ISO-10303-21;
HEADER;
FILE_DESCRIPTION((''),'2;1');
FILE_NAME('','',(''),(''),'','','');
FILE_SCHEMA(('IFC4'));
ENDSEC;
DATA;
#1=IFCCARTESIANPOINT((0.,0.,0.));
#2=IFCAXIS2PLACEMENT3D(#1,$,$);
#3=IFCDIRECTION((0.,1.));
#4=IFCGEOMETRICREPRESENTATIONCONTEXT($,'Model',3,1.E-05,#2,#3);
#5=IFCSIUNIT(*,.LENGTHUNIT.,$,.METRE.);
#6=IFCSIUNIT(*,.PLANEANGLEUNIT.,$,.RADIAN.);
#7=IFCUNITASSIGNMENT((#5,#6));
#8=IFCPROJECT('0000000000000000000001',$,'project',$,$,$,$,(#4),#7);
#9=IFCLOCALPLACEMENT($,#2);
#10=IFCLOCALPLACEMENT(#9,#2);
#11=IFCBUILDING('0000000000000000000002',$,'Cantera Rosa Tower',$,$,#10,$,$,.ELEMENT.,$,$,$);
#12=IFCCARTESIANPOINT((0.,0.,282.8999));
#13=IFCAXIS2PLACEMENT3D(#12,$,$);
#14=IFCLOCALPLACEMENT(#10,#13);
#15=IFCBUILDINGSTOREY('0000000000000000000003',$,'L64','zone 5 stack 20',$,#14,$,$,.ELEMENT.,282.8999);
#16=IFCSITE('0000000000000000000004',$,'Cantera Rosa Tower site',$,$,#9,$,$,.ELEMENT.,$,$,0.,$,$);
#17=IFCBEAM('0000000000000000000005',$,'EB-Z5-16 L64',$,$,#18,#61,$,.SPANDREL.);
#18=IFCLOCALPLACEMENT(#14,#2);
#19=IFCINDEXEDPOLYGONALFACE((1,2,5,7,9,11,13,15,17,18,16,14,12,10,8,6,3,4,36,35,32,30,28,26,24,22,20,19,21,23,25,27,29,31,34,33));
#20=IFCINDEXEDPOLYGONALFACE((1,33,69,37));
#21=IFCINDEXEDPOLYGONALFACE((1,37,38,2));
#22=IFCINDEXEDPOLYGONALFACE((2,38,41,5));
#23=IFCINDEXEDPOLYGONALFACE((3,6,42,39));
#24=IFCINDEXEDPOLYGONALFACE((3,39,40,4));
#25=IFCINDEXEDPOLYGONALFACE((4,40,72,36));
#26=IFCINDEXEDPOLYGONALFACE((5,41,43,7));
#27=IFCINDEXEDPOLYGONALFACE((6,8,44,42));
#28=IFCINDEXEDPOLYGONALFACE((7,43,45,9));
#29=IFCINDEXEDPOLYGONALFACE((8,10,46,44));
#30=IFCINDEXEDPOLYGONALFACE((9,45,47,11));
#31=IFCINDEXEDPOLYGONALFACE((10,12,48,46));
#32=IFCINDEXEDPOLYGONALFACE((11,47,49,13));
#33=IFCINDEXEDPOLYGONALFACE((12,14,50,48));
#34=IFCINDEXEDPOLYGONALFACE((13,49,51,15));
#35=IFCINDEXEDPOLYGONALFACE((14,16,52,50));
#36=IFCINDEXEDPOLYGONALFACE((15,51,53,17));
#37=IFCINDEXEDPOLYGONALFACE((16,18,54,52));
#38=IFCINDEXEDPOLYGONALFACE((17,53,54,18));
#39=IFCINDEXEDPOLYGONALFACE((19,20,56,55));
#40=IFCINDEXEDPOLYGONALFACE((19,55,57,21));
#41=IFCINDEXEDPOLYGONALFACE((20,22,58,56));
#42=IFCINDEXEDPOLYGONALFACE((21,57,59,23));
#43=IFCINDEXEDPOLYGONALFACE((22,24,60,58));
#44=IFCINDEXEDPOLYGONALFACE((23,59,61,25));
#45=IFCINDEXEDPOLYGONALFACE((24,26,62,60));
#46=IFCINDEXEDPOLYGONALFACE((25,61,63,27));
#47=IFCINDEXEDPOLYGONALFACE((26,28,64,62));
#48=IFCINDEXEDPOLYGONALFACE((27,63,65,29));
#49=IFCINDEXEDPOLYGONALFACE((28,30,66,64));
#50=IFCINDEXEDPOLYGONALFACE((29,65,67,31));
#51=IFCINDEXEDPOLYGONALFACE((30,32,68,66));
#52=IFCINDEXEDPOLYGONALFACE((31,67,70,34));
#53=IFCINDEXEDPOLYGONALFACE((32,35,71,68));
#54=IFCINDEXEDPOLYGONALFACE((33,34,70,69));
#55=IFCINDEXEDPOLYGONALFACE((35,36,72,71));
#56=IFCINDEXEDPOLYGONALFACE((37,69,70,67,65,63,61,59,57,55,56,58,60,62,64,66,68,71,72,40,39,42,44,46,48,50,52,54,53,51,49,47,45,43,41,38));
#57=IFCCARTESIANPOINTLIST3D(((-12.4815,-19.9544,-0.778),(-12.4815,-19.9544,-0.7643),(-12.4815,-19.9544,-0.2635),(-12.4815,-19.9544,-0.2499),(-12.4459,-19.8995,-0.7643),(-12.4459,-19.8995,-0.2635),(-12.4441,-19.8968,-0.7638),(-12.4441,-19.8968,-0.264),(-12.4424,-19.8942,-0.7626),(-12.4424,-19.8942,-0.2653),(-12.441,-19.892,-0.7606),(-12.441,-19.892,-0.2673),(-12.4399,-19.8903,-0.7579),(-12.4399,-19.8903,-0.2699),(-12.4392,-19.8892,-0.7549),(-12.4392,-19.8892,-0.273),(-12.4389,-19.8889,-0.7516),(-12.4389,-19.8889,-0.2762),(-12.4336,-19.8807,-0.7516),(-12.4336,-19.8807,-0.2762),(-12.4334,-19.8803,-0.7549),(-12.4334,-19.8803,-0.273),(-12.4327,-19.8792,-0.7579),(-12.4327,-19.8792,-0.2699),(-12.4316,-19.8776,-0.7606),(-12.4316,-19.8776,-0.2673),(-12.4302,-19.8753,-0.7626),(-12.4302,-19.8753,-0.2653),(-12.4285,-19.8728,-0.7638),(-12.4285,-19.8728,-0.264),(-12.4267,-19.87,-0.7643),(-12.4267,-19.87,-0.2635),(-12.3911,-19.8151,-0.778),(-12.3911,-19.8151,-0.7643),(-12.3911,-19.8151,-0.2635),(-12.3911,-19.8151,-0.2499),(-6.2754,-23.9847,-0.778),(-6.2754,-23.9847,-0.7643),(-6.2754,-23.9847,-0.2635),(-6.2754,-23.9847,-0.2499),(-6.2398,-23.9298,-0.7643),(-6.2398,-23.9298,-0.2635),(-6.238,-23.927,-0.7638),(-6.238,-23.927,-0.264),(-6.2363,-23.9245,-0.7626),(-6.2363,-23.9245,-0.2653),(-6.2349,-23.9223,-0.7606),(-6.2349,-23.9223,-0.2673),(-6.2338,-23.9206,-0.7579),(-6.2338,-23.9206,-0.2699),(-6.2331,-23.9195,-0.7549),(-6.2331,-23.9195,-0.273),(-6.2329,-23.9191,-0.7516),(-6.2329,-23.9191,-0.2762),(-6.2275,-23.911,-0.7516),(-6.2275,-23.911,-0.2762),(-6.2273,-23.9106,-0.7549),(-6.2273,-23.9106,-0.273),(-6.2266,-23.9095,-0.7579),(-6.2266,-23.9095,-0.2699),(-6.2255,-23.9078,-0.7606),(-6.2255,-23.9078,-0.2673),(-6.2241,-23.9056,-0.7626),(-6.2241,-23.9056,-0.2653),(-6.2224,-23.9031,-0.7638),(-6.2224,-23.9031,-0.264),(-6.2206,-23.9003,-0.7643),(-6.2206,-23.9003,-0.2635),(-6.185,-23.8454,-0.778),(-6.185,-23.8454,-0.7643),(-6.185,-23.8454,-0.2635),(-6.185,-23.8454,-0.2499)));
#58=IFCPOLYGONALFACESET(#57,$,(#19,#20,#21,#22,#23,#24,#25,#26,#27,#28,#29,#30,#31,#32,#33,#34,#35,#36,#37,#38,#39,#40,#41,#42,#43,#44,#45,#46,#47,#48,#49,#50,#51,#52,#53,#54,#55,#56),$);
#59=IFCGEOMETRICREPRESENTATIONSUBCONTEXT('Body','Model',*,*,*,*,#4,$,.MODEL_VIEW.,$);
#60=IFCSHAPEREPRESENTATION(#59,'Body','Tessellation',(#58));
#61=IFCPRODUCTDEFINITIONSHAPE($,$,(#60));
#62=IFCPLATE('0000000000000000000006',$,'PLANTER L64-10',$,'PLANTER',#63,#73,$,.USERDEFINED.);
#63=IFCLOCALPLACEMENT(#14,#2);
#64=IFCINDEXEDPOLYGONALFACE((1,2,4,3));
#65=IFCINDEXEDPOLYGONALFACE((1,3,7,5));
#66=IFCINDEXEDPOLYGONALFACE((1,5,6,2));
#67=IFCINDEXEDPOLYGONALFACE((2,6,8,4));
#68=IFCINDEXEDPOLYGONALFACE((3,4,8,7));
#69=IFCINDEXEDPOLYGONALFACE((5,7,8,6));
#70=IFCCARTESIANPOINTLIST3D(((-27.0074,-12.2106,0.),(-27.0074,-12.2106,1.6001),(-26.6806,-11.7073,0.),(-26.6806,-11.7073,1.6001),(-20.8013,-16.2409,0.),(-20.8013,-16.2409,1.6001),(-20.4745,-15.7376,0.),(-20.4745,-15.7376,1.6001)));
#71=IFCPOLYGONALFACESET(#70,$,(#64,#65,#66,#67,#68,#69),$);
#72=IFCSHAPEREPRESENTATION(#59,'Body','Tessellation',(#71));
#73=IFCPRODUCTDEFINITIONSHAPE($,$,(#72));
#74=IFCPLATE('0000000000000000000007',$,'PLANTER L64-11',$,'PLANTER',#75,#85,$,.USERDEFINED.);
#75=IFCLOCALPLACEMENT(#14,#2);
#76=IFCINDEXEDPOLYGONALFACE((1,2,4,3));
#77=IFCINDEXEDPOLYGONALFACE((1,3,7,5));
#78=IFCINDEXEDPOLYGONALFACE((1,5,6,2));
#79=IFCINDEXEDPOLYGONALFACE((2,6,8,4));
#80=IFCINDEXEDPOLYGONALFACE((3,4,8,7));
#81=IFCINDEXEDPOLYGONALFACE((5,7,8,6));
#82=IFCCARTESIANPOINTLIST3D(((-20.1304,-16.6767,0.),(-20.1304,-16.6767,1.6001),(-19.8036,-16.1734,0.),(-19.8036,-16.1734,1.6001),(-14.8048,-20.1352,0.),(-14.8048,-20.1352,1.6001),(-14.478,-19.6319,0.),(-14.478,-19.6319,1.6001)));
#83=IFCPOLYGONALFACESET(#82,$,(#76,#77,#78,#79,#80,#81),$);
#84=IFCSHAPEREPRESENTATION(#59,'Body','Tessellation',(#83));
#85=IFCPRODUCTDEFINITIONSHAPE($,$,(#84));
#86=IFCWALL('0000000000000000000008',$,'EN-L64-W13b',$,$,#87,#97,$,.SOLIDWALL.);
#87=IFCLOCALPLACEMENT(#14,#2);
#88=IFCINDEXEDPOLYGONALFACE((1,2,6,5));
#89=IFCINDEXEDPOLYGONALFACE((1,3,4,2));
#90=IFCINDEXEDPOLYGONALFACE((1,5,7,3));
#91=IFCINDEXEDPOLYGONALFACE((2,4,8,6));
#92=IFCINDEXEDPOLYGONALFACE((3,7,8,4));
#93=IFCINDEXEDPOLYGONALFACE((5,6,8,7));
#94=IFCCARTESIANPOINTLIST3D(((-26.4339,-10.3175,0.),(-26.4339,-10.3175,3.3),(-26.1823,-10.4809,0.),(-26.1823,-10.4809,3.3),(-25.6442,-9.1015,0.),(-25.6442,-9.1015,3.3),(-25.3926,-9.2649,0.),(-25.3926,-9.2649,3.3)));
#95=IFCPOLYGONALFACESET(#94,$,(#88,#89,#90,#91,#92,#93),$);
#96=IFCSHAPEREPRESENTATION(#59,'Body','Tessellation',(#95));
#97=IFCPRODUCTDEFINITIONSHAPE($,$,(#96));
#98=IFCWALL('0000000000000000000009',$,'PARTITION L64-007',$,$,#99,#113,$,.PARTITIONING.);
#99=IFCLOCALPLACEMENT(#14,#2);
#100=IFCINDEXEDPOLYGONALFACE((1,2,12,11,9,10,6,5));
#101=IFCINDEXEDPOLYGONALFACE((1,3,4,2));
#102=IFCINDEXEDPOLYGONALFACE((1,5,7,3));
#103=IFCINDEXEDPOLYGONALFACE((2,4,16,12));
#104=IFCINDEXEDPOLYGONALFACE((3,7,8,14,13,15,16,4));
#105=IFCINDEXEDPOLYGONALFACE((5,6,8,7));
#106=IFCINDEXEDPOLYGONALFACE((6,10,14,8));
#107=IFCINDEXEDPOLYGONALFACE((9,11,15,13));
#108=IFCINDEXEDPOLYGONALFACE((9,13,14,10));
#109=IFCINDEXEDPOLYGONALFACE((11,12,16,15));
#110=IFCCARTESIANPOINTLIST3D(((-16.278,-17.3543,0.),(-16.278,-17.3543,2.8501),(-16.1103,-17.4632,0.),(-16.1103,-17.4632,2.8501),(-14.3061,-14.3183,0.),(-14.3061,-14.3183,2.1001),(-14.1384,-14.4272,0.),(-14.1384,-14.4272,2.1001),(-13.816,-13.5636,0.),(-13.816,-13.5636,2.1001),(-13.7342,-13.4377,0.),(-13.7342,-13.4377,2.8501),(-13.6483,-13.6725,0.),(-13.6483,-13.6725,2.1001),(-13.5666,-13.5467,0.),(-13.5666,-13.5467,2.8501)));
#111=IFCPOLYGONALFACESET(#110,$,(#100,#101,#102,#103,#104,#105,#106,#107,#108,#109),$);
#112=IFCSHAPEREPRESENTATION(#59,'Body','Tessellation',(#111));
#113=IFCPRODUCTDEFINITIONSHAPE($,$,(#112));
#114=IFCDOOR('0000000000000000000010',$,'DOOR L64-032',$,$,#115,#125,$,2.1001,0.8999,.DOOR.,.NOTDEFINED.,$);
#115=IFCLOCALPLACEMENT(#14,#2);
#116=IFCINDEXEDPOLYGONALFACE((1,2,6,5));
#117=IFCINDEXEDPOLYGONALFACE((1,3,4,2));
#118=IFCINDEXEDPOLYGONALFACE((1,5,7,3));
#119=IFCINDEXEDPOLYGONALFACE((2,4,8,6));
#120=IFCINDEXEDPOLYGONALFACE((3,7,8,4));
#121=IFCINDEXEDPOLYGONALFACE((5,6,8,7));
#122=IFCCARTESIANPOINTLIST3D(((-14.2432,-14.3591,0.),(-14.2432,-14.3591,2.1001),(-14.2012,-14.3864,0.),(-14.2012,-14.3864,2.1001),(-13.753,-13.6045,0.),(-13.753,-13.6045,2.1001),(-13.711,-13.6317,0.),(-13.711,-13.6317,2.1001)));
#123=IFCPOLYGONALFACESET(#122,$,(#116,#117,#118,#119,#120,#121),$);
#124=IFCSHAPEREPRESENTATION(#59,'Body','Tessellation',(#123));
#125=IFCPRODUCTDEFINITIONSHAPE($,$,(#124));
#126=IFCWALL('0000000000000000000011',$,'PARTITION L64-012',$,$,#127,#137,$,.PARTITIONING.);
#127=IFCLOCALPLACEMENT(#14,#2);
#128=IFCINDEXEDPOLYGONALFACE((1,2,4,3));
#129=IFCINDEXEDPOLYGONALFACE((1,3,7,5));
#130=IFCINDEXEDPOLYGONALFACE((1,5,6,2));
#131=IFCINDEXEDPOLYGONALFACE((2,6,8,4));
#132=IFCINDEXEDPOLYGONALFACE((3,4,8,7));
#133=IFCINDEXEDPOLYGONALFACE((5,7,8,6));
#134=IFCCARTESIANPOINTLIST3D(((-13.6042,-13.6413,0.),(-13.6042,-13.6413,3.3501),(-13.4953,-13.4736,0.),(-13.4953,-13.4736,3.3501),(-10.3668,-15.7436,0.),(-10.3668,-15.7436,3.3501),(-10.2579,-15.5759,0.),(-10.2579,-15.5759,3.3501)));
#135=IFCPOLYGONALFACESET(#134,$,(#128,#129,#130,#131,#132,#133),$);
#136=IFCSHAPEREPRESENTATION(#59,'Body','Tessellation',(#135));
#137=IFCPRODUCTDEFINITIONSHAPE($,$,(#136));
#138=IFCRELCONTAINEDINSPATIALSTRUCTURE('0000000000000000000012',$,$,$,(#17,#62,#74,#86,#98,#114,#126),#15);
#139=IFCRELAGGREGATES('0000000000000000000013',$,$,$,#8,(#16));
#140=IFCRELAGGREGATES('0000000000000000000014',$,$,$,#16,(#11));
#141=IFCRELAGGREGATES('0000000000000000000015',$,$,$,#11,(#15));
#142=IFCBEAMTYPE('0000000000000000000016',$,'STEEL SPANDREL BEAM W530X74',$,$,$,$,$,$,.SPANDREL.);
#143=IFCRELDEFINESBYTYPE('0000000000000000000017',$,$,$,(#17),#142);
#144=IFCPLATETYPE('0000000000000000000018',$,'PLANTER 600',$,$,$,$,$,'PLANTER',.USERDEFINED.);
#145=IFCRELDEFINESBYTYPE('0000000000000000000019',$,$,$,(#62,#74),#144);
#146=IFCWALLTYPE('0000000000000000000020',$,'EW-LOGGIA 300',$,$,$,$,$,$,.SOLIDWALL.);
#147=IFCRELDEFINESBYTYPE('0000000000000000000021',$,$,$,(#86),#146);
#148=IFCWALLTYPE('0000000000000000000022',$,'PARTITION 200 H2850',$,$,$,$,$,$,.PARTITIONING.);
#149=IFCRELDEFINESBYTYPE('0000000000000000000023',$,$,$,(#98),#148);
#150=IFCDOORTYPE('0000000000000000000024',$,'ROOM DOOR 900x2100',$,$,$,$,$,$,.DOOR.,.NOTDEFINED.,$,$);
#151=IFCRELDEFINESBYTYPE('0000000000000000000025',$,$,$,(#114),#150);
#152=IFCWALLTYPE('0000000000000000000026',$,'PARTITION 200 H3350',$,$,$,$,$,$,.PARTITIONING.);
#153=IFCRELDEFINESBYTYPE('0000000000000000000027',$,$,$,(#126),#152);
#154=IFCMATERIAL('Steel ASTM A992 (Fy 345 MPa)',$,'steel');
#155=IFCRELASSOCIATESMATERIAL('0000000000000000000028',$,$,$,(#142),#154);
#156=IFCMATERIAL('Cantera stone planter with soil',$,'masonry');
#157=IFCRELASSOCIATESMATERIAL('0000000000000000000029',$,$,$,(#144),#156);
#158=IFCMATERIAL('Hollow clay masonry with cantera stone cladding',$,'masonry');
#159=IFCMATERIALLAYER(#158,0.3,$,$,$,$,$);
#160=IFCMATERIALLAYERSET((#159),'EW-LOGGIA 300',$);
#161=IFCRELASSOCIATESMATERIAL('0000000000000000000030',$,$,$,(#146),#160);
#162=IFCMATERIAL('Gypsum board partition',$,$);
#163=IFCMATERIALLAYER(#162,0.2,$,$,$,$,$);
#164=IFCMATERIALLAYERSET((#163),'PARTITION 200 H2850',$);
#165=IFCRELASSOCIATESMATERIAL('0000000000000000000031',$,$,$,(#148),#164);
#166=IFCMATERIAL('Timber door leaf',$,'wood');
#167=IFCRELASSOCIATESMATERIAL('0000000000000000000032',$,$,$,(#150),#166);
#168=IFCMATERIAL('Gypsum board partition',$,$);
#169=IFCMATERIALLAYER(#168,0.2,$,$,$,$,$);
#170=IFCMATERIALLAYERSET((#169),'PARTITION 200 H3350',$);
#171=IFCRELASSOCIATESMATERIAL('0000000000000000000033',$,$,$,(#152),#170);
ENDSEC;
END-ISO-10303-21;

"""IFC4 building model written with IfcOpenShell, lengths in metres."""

from ifc_helpers import new_model, si_unit, direction, frame, frame_2d, origin, origin_2d, place, context, subcontext, project, spatial, rectangle, i_section, extrude, material, layer, layer_set, material_profile, profile_set, type_object, element, fill, save


model = new_model("IFC4")

# Units and contexts
model_context = context("Model", 3, precision=1e-05, world=origin(), true_north=direction((0.0, 1.0)))
body_context = subcontext(model_context, "Body", "Model", "MODEL_VIEW")
ifc_project = project(units=[si_unit("LENGTHUNIT", "METRE"), si_unit("PLANEANGLEUNIT", "RADIAN")], contexts=[model_context])

# Site, building, storey
site_placement = place(None, origin())
site = spatial("IfcSite", under=ifc_project, at=site_placement, Name="Cantera Rosa Tower site", CompositionType="ELEMENT", RefElevation=0.0)
building_placement = place(site_placement, origin())
building = spatial("IfcBuilding", under=site, at=building_placement, Name="Cantera Rosa Tower", CompositionType="ELEMENT")
storey_placement = place(building_placement, frame((0.0, 0.0, 282.8999)))
storey = spatial("IfcBuildingStorey", under=building, at=storey_placement, Name="L64", Description="zone 5 stack 20", CompositionType="ELEMENT", Elevation=282.8999)

# Beam
ifc_material_1 = material(Name="Steel ASTM A992 (Fy 345 MPa)", Category="steel")
ifc_material_profile_1 = material_profile(ifc_material_1, i_section(OverallWidth=0.166, OverallDepth=0.5281, WebThickness=0.0098, FlangeThickness=0.0137, FilletRadius=0.0127, at=origin_2d()), Name="W530X74")
ifc_profile_set_1 = profile_set([ifc_material_profile_1], Name="Steel ASTM A992 (Fy 345 MPa)")
beam_type_1 = type_object("IfcBeamType", Name="STEEL SPANDREL BEAM W530X74", PredefinedType="SPANDREL", material=ifc_profile_set_1)
beam_1_placement = place(storey_placement, frame((-12.4363, -19.8848, -0.5139), z_axis=(0.83867, -0.54464, 0.0), x_axis=(0.54464, 0.83867, 0.0)))
element("IfcBeam", 1, at=beam_1_placement, inside=storey, type_object=beam_type_1, Name="EB-Z5-16 L64", PredefinedType="SPANDREL", context=body_context, shape_type="SweptSolid", body=[
    extrude(i_section(OverallWidth=0.166, OverallDepth=0.5281, WebThickness=0.0098, FlangeThickness=0.0137, FilletRadius=0.0127, at=origin_2d()), origin(), (0.0, 0.0, 1.0), 7.3999),
])

# Plates
ifc_material_2 = material(Name="Cantera stone planter with soil", Category="masonry")
plate_type = type_object("IfcPlateType", Name="PLANTER 600", ElementType="PLANTER", PredefinedType="USERDEFINED", material=ifc_material_2)
plate_1_placement = place(storey_placement, frame((-23.741, -13.9741, 0.0), z_axis=(0.0, 0.0, 1.0), x_axis=(0.838671, -0.544639, 0.0)))
element("IfcPlate", 2, at=plate_1_placement, inside=storey, type_object=plate_type, Name="PLANTER L64-10", ObjectType="PLANTER", PredefinedType="USERDEFINED", context=body_context, shape_type="SweptSolid", body=[
    extrude(rectangle(XDim=7.3999, YDim=0.6001, at=origin_2d()), origin(), (0.0, 0.0, 1.0), 1.6001),
])
plate_2_placement = place(storey_placement, frame((-17.3042, -18.1543, 0.0), z_axis=(0.0, 0.0, 1.0), x_axis=(0.838671, -0.544639, 0.0)))
element("IfcPlate", 3, at=plate_2_placement, inside=storey, type_object=plate_type, Name="PLANTER L64-11", ObjectType="PLANTER", PredefinedType="USERDEFINED", context=body_context, shape_type="SweptSolid", body=[
    extrude(rectangle(XDim=6.3501, YDim=0.6001, at=origin_2d()), origin(), (0.0, 0.0, 1.0), 1.6001),
])

# Wall
ifc_material_3 = material(Name="Hollow clay masonry with cantera stone cladding", Category="masonry")
ifc_layer_1 = layer(ifc_material_3, 0.3)
ifc_layer_set_1 = layer_set([ifc_layer_1], Name="EW-LOGGIA 300")
wall_type_1 = type_object("IfcWallType", Name="EW-LOGGIA 300", PredefinedType="SOLIDWALL", material=ifc_layer_set_1)
wall_1_placement = place(storey_placement, frame((-25.5183, -9.1831, 0.0), z_axis=(0.0, 0.0, 1.0), x_axis=(-0.544675, -0.838647, 0.0)))
element("IfcWall", 4, at=wall_1_placement, inside=storey, type_object=wall_type_1, Name="EN-L64-W13b", PredefinedType="SOLIDWALL", context=body_context, shape_type="SweptSolid", body=[
    extrude(rectangle(XDim=1.45, YDim=0.3, at=frame_2d((0.7251, 0.0))), origin(), (0.0, 0.0, 1.0), 3.3),
])

# Wall, opening, door
ifc_material_4 = material(Name="Gypsum board partition")
ifc_layer_2 = layer(ifc_material_4, 0.2)
ifc_layer_set_2 = layer_set([ifc_layer_2], Name="PARTITION 200 H2850")
wall_type_2 = type_object("IfcWallType", Name="PARTITION 200 H2850", PredefinedType="PARTITIONING", material=ifc_layer_set_2)
wall_2_placement = place(storey_placement, frame((-16.1941, -17.4087, 0.0), z_axis=(0.0, 0.0, 1.0), x_axis=(0.544683, 0.838642, 0.0)))
wall_2 = element("IfcWall", 5, at=wall_2_placement, inside=storey, type_object=wall_type_2, Name="PARTITION L64-007", PredefinedType="PARTITIONING", context=body_context, shape_type="SweptSolid", body=[
    extrude(rectangle(XDim=4.6702, YDim=0.2, at=frame_2d((2.335, 0.0))), origin(), (0.0, 0.0, 1.0), 2.8501),
])
opening_1_placement = place(wall_2_placement, frame((3.6201, 0.0, 0.0)))
opening_1 = element("IfcOpeningElement", 6, at=opening_1_placement, cuts=wall_2, PredefinedType="OPENING", context=body_context, shape_type="SweptSolid", body=[
    extrude(rectangle(XDim=0.8999, YDim=2.1001, at=frame_2d((0.45, 1.05))), frame((0.0, 0.1099, 0.0), z_axis=(0.0, -1.0, 0.0), x_axis=(1.0, 0.0, 0.0)), (0.0, 0.0, 1.0), 0.22),
])
ifc_material_5 = material(Name="Timber door leaf", Category="wood")
door_type_1 = type_object("IfcDoorType", Name="ROOM DOOR 900x2100", OperationType="NOTDEFINED", PredefinedType="DOOR", material=ifc_material_5)
door_1_placement = place(opening_1_placement, origin())
door_1 = element("IfcDoor", 7, at=door_1_placement, inside=storey, type_object=door_type_1, Name="DOOR L64-032", OperationType="NOTDEFINED", OverallHeight=2.1001, OverallWidth=0.8999, PredefinedType="DOOR", context=body_context, shape_type="SweptSolid", body=[
    extrude(rectangle(XDim=0.8999, YDim=2.1001, at=frame_2d((0.45, 1.05))), frame((0.0, 0.0249, 0.0), z_axis=(0.0, -1.0, 0.0), x_axis=(1.0, 0.0, 0.0)), (0.0, 0.0, 1.0), 0.05),
])
fill(opening_1, door_1)

# Wall
ifc_material_6 = material(Name="Gypsum board partition")
ifc_layer_3 = layer(ifc_material_6, 0.2)
ifc_layer_set_3 = layer_set([ifc_layer_3], Name="PARTITION 200 H3350")
wall_type_3 = type_object("IfcWallType", Name="PARTITION 200 H3350", PredefinedType="PARTITIONING", material=ifc_layer_set_3)
wall_3_placement = place(storey_placement, frame((-13.5498, -13.5574, 0.0), z_axis=(0.0, 0.0, 1.0), x_axis=(0.838675, -0.544633, 0.0)))
element("IfcWall", 8, at=wall_3_placement, inside=storey, type_object=wall_type_3, Name="PARTITION L64-012", PredefinedType="PARTITIONING", context=body_context, shape_type="SweptSolid", body=[
    extrude(rectangle(XDim=3.8601, YDim=0.2, at=frame_2d((1.9302, 0.0))), origin(), (0.0, 0.0, 1.0), 3.3501),
])

save(model, "model.ifc")
